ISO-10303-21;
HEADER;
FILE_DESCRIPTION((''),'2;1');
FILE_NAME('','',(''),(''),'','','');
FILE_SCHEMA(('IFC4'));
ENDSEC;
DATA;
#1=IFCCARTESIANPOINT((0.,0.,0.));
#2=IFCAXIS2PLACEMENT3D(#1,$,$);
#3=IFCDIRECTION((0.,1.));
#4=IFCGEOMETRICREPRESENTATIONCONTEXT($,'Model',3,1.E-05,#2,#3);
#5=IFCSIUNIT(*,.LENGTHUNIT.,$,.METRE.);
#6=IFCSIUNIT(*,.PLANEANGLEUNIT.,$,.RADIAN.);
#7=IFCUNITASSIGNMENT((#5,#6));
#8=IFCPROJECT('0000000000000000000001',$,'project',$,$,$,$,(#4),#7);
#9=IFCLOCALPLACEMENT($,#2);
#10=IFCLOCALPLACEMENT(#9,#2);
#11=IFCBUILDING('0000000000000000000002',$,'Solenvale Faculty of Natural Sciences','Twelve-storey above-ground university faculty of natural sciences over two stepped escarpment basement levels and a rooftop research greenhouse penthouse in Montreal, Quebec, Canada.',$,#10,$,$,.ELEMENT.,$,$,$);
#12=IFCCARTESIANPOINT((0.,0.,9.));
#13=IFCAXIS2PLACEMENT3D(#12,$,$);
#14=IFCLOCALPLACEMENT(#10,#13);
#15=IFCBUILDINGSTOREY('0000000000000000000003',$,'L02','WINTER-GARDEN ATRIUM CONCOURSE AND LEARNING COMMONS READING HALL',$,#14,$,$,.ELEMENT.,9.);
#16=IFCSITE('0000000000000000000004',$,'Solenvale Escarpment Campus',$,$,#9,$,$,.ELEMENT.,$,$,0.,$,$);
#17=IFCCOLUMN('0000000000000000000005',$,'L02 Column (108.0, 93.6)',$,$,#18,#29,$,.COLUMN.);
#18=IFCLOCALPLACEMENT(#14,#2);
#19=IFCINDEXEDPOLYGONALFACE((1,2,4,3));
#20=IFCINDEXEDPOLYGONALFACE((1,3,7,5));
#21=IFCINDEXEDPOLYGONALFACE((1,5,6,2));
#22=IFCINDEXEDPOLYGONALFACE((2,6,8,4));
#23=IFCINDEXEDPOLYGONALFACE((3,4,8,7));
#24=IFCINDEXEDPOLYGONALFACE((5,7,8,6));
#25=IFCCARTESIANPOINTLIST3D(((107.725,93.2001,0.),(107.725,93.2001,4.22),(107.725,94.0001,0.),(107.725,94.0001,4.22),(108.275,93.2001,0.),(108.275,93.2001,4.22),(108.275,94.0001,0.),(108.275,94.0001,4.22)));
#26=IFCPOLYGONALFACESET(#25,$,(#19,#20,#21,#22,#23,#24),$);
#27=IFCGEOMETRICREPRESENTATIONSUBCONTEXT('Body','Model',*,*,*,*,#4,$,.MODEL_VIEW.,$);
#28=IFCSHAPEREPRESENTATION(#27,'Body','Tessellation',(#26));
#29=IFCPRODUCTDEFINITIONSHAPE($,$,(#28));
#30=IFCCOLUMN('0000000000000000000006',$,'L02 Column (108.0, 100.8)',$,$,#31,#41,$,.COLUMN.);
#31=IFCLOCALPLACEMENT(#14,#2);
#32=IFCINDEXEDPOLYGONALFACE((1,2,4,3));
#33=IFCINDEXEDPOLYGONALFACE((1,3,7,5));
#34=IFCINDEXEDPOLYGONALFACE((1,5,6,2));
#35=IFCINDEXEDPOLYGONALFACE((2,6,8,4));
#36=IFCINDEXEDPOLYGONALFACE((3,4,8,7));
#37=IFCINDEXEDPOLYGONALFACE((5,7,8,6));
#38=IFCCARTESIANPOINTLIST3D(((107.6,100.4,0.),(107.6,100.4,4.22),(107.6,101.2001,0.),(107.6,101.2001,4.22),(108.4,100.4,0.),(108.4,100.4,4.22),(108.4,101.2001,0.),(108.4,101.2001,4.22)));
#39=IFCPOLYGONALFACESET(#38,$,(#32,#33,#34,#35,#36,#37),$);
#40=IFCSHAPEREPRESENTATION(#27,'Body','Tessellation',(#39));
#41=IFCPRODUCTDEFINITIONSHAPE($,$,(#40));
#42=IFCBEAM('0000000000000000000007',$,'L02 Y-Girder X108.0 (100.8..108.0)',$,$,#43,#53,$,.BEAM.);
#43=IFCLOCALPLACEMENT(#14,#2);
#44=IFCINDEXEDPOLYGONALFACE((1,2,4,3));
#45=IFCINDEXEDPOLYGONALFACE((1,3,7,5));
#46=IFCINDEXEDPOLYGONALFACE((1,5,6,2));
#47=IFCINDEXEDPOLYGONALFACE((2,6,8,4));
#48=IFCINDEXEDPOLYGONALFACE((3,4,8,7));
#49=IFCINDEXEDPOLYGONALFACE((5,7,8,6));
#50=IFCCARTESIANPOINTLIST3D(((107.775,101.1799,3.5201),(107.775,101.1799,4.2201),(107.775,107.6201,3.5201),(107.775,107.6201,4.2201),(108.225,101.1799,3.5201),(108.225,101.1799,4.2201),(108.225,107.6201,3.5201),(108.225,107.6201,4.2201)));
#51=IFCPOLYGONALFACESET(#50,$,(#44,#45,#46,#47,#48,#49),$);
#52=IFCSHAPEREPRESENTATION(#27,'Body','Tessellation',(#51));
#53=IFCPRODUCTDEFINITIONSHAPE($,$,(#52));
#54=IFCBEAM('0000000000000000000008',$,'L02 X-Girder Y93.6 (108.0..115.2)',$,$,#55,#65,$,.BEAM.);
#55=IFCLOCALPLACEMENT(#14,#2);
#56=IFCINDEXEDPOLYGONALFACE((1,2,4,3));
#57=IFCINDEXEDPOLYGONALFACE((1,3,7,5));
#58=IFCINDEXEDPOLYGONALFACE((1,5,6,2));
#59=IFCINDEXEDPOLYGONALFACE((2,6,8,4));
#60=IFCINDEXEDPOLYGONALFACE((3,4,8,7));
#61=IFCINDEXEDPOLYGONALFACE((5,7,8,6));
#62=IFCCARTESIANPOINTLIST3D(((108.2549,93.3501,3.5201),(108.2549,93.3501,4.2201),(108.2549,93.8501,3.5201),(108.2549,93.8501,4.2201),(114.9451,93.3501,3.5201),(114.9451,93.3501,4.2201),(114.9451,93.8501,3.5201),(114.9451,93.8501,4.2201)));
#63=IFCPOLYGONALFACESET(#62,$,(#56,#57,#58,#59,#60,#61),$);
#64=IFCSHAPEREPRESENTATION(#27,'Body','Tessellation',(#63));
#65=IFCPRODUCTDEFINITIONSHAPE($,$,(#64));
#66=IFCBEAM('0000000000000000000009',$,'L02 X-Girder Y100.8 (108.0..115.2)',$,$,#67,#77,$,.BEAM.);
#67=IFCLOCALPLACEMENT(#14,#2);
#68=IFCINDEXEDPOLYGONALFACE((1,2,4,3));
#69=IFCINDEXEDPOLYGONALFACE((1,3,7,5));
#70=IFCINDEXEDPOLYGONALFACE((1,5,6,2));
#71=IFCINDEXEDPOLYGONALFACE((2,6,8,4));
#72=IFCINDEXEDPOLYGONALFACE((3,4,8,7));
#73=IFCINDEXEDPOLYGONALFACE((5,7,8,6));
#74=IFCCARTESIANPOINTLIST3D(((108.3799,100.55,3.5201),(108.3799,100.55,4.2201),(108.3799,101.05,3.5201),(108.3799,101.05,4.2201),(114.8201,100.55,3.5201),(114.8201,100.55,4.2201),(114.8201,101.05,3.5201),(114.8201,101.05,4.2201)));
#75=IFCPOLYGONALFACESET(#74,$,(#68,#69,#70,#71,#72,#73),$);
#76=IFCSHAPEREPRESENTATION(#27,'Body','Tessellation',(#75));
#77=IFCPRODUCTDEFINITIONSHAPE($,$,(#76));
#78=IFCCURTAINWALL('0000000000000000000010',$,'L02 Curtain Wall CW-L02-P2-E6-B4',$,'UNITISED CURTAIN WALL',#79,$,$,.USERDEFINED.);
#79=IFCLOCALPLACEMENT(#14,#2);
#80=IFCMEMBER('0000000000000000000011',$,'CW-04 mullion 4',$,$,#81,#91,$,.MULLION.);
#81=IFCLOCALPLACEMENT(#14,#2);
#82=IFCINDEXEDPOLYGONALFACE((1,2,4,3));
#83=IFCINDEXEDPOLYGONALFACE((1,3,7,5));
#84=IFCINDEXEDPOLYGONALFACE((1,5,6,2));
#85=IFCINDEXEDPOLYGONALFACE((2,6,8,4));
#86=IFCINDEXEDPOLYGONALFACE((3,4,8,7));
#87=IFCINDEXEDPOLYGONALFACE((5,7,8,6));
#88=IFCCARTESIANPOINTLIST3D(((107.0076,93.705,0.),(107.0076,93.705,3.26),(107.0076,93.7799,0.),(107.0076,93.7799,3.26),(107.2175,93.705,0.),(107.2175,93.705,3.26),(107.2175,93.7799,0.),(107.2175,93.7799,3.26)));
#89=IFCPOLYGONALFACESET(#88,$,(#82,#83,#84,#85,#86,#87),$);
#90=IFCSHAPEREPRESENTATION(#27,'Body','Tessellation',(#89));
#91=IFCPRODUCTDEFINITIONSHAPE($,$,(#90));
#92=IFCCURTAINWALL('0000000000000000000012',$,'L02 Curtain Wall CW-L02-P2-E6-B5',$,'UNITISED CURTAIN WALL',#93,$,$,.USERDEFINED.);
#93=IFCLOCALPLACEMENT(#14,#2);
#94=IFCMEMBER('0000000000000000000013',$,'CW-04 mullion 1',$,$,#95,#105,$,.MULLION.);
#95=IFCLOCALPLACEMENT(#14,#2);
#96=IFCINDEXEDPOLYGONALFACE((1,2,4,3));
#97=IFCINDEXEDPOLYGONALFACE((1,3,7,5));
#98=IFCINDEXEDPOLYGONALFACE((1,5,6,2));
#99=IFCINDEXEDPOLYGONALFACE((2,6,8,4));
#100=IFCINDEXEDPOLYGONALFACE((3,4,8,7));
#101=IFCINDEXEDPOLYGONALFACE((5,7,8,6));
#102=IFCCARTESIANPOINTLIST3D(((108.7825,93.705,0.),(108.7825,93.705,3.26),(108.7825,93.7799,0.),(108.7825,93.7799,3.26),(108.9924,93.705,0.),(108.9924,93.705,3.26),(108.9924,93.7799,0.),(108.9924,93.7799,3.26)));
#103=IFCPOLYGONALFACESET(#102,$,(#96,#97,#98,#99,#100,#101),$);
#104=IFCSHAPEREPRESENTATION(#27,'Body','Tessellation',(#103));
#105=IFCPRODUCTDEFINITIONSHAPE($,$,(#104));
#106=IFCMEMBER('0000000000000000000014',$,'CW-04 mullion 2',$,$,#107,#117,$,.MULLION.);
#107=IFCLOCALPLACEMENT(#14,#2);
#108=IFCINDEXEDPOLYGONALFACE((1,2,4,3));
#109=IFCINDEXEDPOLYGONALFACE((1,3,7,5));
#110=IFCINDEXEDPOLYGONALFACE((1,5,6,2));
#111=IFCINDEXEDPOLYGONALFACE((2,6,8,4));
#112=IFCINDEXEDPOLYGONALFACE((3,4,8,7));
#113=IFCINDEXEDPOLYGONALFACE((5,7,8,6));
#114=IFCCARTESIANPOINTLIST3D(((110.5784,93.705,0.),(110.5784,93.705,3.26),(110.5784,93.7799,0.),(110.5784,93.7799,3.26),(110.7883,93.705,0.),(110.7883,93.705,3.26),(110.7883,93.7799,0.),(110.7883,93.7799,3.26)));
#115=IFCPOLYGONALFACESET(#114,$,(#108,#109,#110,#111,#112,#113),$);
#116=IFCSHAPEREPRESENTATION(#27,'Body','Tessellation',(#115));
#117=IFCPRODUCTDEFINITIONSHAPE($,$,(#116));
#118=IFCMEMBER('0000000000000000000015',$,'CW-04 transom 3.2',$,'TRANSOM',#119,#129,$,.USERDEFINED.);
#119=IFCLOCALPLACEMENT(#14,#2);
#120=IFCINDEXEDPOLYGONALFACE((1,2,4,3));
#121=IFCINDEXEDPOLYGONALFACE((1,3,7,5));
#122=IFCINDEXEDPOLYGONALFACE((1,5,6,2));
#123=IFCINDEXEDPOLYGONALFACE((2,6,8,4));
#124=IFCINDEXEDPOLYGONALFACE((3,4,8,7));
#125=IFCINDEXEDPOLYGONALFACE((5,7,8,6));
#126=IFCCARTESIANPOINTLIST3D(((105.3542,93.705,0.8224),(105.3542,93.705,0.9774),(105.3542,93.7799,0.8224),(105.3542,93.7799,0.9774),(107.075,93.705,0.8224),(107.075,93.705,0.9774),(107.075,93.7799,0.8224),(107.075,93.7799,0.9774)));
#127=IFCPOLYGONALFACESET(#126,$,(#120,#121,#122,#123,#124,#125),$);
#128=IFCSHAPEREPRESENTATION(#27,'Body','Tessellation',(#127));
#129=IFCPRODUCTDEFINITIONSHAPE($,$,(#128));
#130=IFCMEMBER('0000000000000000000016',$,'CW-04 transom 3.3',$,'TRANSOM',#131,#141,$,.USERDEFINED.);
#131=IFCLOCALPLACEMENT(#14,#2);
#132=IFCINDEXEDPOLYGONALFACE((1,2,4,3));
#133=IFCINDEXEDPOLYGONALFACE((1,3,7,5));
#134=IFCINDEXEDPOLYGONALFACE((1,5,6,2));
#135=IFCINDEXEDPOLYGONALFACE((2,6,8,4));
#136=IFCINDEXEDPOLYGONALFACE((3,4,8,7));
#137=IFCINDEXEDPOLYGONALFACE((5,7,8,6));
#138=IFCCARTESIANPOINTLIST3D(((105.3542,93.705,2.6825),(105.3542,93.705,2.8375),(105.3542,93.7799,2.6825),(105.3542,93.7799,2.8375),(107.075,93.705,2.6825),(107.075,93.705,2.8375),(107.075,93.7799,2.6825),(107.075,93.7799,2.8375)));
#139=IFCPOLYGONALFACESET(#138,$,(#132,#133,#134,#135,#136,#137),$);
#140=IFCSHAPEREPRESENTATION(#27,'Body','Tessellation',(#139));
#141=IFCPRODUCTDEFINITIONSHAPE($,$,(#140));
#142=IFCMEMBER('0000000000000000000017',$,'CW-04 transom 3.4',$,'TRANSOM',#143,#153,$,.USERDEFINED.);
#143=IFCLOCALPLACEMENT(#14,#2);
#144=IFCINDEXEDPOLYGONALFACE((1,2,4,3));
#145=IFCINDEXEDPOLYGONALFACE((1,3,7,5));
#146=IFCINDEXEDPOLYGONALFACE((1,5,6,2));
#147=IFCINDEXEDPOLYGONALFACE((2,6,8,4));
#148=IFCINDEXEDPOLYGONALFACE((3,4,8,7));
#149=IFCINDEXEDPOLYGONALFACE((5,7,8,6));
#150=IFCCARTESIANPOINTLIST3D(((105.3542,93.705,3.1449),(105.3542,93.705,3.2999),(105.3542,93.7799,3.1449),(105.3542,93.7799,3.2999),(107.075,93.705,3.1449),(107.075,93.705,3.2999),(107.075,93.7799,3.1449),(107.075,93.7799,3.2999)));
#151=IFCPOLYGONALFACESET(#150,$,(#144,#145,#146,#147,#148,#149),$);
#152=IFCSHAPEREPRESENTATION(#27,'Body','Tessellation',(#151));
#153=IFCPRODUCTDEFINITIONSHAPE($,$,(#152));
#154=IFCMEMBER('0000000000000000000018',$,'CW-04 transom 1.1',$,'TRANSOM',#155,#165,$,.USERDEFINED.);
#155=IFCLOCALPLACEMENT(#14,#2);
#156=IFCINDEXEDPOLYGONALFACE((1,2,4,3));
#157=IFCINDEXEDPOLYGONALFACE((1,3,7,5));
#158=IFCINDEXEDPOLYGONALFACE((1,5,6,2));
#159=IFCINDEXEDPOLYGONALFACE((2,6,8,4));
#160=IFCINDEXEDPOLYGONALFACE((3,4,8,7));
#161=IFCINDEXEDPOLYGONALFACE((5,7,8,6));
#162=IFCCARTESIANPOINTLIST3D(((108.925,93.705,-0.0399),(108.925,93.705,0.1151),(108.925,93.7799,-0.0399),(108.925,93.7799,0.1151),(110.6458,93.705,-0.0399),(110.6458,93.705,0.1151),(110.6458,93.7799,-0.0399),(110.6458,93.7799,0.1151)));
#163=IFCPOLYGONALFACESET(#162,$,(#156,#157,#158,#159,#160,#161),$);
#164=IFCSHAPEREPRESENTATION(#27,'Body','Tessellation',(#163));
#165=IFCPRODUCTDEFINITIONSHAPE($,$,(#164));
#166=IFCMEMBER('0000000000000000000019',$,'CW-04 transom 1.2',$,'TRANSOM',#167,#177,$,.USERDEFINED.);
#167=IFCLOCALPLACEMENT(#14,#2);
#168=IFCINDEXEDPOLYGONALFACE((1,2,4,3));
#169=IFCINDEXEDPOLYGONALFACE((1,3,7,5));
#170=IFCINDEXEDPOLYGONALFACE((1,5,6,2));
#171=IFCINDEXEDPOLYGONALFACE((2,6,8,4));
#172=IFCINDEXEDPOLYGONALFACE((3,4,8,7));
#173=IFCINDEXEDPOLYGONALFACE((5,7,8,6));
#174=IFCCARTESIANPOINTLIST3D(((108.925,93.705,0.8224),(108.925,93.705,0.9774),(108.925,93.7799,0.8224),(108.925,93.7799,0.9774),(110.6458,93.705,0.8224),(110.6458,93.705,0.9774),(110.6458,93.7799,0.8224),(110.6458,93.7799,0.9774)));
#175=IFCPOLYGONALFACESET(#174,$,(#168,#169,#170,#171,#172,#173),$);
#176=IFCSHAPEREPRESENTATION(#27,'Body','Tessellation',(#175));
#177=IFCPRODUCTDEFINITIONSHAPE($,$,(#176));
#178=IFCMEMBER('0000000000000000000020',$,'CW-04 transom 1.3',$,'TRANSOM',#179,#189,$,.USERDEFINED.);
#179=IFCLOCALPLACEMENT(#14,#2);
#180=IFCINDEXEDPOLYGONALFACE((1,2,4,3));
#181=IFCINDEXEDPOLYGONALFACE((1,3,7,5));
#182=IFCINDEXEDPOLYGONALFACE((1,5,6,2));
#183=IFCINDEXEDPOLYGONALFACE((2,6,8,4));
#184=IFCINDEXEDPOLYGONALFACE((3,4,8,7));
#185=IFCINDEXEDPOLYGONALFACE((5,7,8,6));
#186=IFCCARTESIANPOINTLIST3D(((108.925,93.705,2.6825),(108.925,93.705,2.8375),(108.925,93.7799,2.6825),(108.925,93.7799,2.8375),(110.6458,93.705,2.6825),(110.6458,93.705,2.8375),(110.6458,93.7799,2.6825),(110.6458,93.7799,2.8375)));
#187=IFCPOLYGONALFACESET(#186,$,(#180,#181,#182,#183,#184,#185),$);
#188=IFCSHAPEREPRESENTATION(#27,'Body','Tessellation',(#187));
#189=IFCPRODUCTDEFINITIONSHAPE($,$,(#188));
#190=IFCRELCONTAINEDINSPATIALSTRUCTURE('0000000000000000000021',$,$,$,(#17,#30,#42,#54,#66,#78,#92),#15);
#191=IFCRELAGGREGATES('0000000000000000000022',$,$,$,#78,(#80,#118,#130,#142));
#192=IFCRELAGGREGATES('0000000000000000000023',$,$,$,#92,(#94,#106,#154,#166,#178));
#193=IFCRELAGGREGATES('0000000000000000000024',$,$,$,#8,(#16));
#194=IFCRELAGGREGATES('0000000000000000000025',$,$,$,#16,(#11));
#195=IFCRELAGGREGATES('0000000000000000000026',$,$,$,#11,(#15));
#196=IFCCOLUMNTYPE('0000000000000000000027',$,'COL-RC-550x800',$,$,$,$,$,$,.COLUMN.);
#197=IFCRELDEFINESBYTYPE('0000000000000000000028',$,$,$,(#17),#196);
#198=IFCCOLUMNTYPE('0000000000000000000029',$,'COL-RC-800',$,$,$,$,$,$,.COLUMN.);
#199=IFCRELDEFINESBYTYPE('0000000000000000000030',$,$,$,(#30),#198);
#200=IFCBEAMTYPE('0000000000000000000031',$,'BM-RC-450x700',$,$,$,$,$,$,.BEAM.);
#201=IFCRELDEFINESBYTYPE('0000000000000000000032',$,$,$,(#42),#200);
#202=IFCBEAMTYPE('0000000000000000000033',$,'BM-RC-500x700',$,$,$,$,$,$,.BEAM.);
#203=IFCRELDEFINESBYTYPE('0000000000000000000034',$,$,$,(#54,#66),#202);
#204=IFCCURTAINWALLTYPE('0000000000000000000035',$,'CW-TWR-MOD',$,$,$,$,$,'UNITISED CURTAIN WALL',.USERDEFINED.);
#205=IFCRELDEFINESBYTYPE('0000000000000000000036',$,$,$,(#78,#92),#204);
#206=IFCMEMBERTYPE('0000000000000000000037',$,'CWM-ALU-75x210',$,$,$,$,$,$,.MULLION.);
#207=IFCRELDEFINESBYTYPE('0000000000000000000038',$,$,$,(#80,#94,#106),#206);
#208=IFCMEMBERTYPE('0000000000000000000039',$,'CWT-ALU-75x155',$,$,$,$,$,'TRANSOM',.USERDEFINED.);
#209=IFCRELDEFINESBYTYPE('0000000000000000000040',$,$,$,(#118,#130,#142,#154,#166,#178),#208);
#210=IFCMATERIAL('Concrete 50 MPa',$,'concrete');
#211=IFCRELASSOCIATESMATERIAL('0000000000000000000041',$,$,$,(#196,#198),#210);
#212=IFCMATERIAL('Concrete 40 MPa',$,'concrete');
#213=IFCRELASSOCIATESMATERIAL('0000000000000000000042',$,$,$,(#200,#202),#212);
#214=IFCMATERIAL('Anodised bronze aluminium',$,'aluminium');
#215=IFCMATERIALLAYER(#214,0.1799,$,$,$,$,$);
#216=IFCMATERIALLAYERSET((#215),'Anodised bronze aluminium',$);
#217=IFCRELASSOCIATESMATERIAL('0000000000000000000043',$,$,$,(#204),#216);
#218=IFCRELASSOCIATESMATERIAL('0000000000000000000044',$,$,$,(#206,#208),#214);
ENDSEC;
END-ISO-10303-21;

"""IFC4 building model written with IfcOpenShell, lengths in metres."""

from ifc_helpers import new_model, si_unit, direction, frame, origin, origin_2d, place, context, subcontext, project, spatial, rectangle, extrude, material, layer, layer_set, material_profile, profile_set, type_object, element, aggregate, save


model = new_model("IFC4")

# Units and contexts
model_context = context("Model", 3, precision=1e-05, world=origin(), true_north=direction((0.0, 1.0)))
body_context = subcontext(model_context, "Body", "Model", "MODEL_VIEW")
ifc_project = project(units=[si_unit("LENGTHUNIT", "METRE"), si_unit("PLANEANGLEUNIT", "RADIAN")], contexts=[model_context])

# Site, building, storey
site_placement = place(None, origin())
site = spatial("IfcSite", under=ifc_project, at=site_placement, Name="Solenvale Escarpment Campus", CompositionType="ELEMENT", RefElevation=0.0)
building_placement = place(site_placement, origin())
building = spatial("IfcBuilding", under=site, at=building_placement, Name="Solenvale Faculty of Natural Sciences", Description="Twelve-storey above-ground university faculty of natural sciences over two stepped escarpment basement levels and a rooftop research greenhouse penthouse in Montreal, Quebec, Canada.", CompositionType="ELEMENT")
storey_placement = place(building_placement, frame((0.0, 0.0, 9.0)))
storey = spatial("IfcBuildingStorey", under=building, at=storey_placement, Name="L02", Description="WINTER-GARDEN ATRIUM CONCOURSE AND LEARNING COMMONS READING HALL", CompositionType="ELEMENT", Elevation=9.0)

# Columns
ifc_material_1 = material(Name="Concrete 50 MPa", Category="concrete")
ifc_material_profile_1 = material_profile(ifc_material_1, rectangle(XDim=0.55, YDim=0.8, at=origin_2d()), Name="RC-COL-550x800")
ifc_profile_set_1 = profile_set([ifc_material_profile_1], Name="Concrete 50 MPa")
column_type_1 = type_object("IfcColumnType", Name="COL-RC-550x800", PredefinedType="COLUMN", material=ifc_profile_set_1)
column_1_placement = place(storey_placement, frame((108.0, 93.6001, 0.0), z_axis=(0.0, 0.0, 1.0), x_axis=(1.0, 0.0, 0.0)))
element("IfcColumn", 1, at=column_1_placement, inside=storey, type_object=column_type_1, Name="L02 Column (108.0, 93.6)", PredefinedType="COLUMN", context=body_context, shape_type="SweptSolid", body=[
    extrude(rectangle(XDim=0.55, YDim=0.8, at=origin_2d()), origin(), (0.0, 0.0, 1.0), 4.22),
])
ifc_material_profile_2 = material_profile(ifc_material_1, rectangle(XDim=0.8, YDim=0.8, at=origin_2d()), Name="RC-COL-800x800")
ifc_profile_set_2 = profile_set([ifc_material_profile_2], Name="Concrete 50 MPa")
column_type_2 = type_object("IfcColumnType", Name="COL-RC-800", PredefinedType="COLUMN", material=ifc_profile_set_2)
column_2_placement = place(storey_placement, frame((108.0, 100.8, 0.0), z_axis=(0.0, 0.0, 1.0), x_axis=(1.0, 0.0, 0.0)))
element("IfcColumn", 2, at=column_2_placement, inside=storey, type_object=column_type_2, Name="L02 Column (108.0, 100.8)", PredefinedType="COLUMN", context=body_context, shape_type="SweptSolid", body=[
    extrude(rectangle(XDim=0.8, YDim=0.8, at=origin_2d()), origin(), (0.0, 0.0, 1.0), 4.22),
])

# Beams
ifc_material_2 = material(Name="Concrete 40 MPa", Category="concrete")
ifc_material_profile_3 = material_profile(ifc_material_2, rectangle(XDim=0.45, YDim=0.7, at=origin_2d()), Name="RC-BM-450x700")
ifc_profile_set_3 = profile_set([ifc_material_profile_3], Name="Concrete 40 MPa")
beam_type_1 = type_object("IfcBeamType", Name="BM-RC-450x700", PredefinedType="BEAM", material=ifc_profile_set_3)
beam_1_placement = place(storey_placement, frame((108.0, 101.1799, 3.8701), z_axis=(0.0, 1.0, 0.0), x_axis=(-1.0, 0.0, 0.0)))
element("IfcBeam", 3, at=beam_1_placement, inside=storey, type_object=beam_type_1, Name="L02 Y-Girder X108.0 (100.8..108.0)", PredefinedType="BEAM", context=body_context, shape_type="SweptSolid", body=[
    extrude(rectangle(XDim=0.45, YDim=0.7, at=origin_2d()), origin(), (0.0, 0.0, 1.0), 6.4402),
])
ifc_material_profile_4 = material_profile(ifc_material_2, rectangle(XDim=0.5, YDim=0.7, at=origin_2d()), Name="RC-BM-500x700")
ifc_profile_set_4 = profile_set([ifc_material_profile_4], Name="Concrete 40 MPa")
beam_type_2 = type_object("IfcBeamType", Name="BM-RC-500x700", PredefinedType="BEAM", material=ifc_profile_set_4)
beam_2_placement = place(storey_placement, frame((108.2549, 93.6001, 3.8701), z_axis=(1.0, 0.0, 0.0), x_axis=(0.0, 1.0, 0.0)))
element("IfcBeam", 4, at=beam_2_placement, inside=storey, type_object=beam_type_2, Name="L02 X-Girder Y93.6 (108.0..115.2)", PredefinedType="BEAM", context=body_context, shape_type="SweptSolid", body=[
    extrude(rectangle(XDim=0.5, YDim=0.7, at=origin_2d()), origin(), (0.0, 0.0, 1.0), 6.6902),
])
beam_3_placement = place(storey_placement, frame((108.3799, 100.8, 3.8701), z_axis=(1.0, 0.0, 0.0), x_axis=(0.0, 1.0, 0.0)))
element("IfcBeam", 5, at=beam_3_placement, inside=storey, type_object=beam_type_2, Name="L02 X-Girder Y100.8 (108.0..115.2)", PredefinedType="BEAM", context=body_context, shape_type="SweptSolid", body=[
    extrude(rectangle(XDim=0.5, YDim=0.7, at=origin_2d()), origin(), (0.0, 0.0, 1.0), 6.4402),
])

# Curtain wall, member
ifc_material_3 = material(Name="Anodised bronze aluminium", Category="aluminium")
ifc_layer_1 = layer(ifc_material_3, 0.1799)
ifc_layer_set_1 = layer_set([ifc_layer_1], Name="Anodised bronze aluminium")
curtain_wall_type = type_object("IfcCurtainWallType", Name="CW-TWR-MOD", ElementType="UNITISED CURTAIN WALL", PredefinedType="USERDEFINED", material=ifc_layer_set_1)
curtain_wall_1_placement = place(storey_placement, origin())
curtain_wall_1 = element("IfcCurtainWall", 6, at=curtain_wall_1_placement, inside=storey, type_object=curtain_wall_type, Name="L02 Curtain Wall CW-L02-P2-E6-B4", ObjectType="UNITISED CURTAIN WALL", PredefinedType="USERDEFINED")
ifc_material_profile_5 = material_profile(ifc_material_3, rectangle(XDim=0.075, YDim=0.21, at=origin_2d()), Name="ALU-MUL-75x210")
ifc_profile_set_5 = profile_set([ifc_material_profile_5], Name="Anodised bronze aluminium")
member_type_1 = type_object("IfcMemberType", Name="CWM-ALU-75x210", PredefinedType="MULLION", material=ifc_profile_set_5)
member_1_placement = place(storey_placement, frame((107.1125, 93.7424, 0.0), z_axis=(0.0, 0.0, 1.0), x_axis=(0.0, 1.0, 0.0)))
member_1 = element("IfcMember", 7, at=member_1_placement, type_object=member_type_1, Name="CW-04 mullion 4", PredefinedType="MULLION", context=body_context, shape_type="SweptSolid", body=[
    extrude(rectangle(XDim=0.075, YDim=0.21, at=origin_2d()), origin(), (0.0, 0.0, 1.0), 3.26),
])

# Curtain wall, members
curtain_wall_2_placement = place(storey_placement, origin())
curtain_wall_2 = element("IfcCurtainWall", 8, at=curtain_wall_2_placement, inside=storey, type_object=curtain_wall_type, Name="L02 Curtain Wall CW-L02-P2-E6-B5", ObjectType="UNITISED CURTAIN WALL", PredefinedType="USERDEFINED")
member_2_placement = place(storey_placement, frame((108.8875, 93.7424, 0.0), z_axis=(0.0, 0.0, 1.0), x_axis=(0.0, 1.0, 0.0)))
member_2 = element("IfcMember", 9, at=member_2_placement, type_object=member_type_1, Name="CW-04 mullion 1", PredefinedType="MULLION", context=body_context, shape_type="SweptSolid", body=[
    extrude(rectangle(XDim=0.075, YDim=0.21, at=origin_2d()), origin(), (0.0, 0.0, 1.0), 3.26),
])
member_3_placement = place(storey_placement, frame((110.6833, 93.7424, 0.0), z_axis=(0.0, 0.0, 1.0), x_axis=(0.0, 1.0, 0.0)))
member_3 = element("IfcMember", 10, at=member_3_placement, type_object=member_type_1, Name="CW-04 mullion 2", PredefinedType="MULLION", context=body_context, shape_type="SweptSolid", body=[
    extrude(rectangle(XDim=0.075, YDim=0.21, at=origin_2d()), origin(), (0.0, 0.0, 1.0), 3.26),
])

# Members
ifc_material_profile_6 = material_profile(ifc_material_3, rectangle(XDim=0.075, YDim=0.155, at=origin_2d()), Name="ALU-TRN-75x155")
ifc_profile_set_6 = profile_set([ifc_material_profile_6], Name="Anodised bronze aluminium")
member_type_2 = type_object("IfcMemberType", Name="CWT-ALU-75x155", ElementType="TRANSOM", PredefinedType="USERDEFINED", material=ifc_profile_set_6)
member_4_placement = place(storey_placement, frame((105.3542, 93.7424, 0.8999), z_axis=(1.0, 0.0, 0.0), x_axis=(0.0, 1.0, 0.0)))
member_4 = element("IfcMember", 11, at=member_4_placement, type_object=member_type_2, Name="CW-04 transom 3.2", ObjectType="TRANSOM", PredefinedType="USERDEFINED", context=body_context, shape_type="SweptSolid", body=[
    extrude(rectangle(XDim=0.075, YDim=0.155, at=origin_2d()), origin(), (0.0, 0.0, 1.0), 1.7207),
])
member_5_placement = place(storey_placement, frame((105.3542, 93.7424, 2.76), z_axis=(1.0, 0.0, 0.0), x_axis=(0.0, 1.0, 0.0)))
member_5 = element("IfcMember", 12, at=member_5_placement, type_object=member_type_2, Name="CW-04 transom 3.3", ObjectType="TRANSOM", PredefinedType="USERDEFINED", context=body_context, shape_type="SweptSolid", body=[
    extrude(rectangle(XDim=0.075, YDim=0.155, at=origin_2d()), origin(), (0.0, 0.0, 1.0), 1.7207),
])
member_6_placement = place(storey_placement, frame((105.3542, 93.7424, 3.2224), z_axis=(1.0, 0.0, 0.0), x_axis=(0.0, 1.0, 0.0)))
member_6 = element("IfcMember", 13, at=member_6_placement, type_object=member_type_2, Name="CW-04 transom 3.4", ObjectType="TRANSOM", PredefinedType="USERDEFINED", context=body_context, shape_type="SweptSolid", body=[
    extrude(rectangle(XDim=0.075, YDim=0.155, at=origin_2d()), origin(), (0.0, 0.0, 1.0), 1.7207),
])
member_7_placement = place(storey_placement, frame((108.925, 93.7424, 0.0376), z_axis=(1.0, 0.0, 0.0), x_axis=(0.0, 1.0, 0.0)))
member_7 = element("IfcMember", 14, at=member_7_placement, type_object=member_type_2, Name="CW-04 transom 1.1", ObjectType="TRANSOM", PredefinedType="USERDEFINED", context=body_context, shape_type="SweptSolid", body=[
    extrude(rectangle(XDim=0.075, YDim=0.155, at=origin_2d()), origin(), (0.0, 0.0, 1.0), 1.7207),
])
member_8_placement = place(storey_placement, frame((108.925, 93.7424, 0.8999), z_axis=(1.0, 0.0, 0.0), x_axis=(0.0, 1.0, 0.0)))
member_8 = element("IfcMember", 15, at=member_8_placement, type_object=member_type_2, Name="CW-04 transom 1.2", ObjectType="TRANSOM", PredefinedType="USERDEFINED", context=body_context, shape_type="SweptSolid", body=[
    extrude(rectangle(XDim=0.075, YDim=0.155, at=origin_2d()), origin(), (0.0, 0.0, 1.0), 1.7207),
])
member_9_placement = place(storey_placement, frame((108.925, 93.7424, 2.76), z_axis=(1.0, 0.0, 0.0), x_axis=(0.0, 1.0, 0.0)))
member_9 = element("IfcMember", 16, at=member_9_placement, type_object=member_type_2, Name="CW-04 transom 1.3", ObjectType="TRANSOM", PredefinedType="USERDEFINED", context=body_context, shape_type="SweptSolid", body=[
    extrude(rectangle(XDim=0.075, YDim=0.155, at=origin_2d()), origin(), (0.0, 0.0, 1.0), 1.7207),
])

aggregate(curtain_wall_1, [member_1, member_4, member_5, member_6])
aggregate(curtain_wall_2, [member_2, member_3, member_7, member_8, member_9])

save(model, "model.ifc")
